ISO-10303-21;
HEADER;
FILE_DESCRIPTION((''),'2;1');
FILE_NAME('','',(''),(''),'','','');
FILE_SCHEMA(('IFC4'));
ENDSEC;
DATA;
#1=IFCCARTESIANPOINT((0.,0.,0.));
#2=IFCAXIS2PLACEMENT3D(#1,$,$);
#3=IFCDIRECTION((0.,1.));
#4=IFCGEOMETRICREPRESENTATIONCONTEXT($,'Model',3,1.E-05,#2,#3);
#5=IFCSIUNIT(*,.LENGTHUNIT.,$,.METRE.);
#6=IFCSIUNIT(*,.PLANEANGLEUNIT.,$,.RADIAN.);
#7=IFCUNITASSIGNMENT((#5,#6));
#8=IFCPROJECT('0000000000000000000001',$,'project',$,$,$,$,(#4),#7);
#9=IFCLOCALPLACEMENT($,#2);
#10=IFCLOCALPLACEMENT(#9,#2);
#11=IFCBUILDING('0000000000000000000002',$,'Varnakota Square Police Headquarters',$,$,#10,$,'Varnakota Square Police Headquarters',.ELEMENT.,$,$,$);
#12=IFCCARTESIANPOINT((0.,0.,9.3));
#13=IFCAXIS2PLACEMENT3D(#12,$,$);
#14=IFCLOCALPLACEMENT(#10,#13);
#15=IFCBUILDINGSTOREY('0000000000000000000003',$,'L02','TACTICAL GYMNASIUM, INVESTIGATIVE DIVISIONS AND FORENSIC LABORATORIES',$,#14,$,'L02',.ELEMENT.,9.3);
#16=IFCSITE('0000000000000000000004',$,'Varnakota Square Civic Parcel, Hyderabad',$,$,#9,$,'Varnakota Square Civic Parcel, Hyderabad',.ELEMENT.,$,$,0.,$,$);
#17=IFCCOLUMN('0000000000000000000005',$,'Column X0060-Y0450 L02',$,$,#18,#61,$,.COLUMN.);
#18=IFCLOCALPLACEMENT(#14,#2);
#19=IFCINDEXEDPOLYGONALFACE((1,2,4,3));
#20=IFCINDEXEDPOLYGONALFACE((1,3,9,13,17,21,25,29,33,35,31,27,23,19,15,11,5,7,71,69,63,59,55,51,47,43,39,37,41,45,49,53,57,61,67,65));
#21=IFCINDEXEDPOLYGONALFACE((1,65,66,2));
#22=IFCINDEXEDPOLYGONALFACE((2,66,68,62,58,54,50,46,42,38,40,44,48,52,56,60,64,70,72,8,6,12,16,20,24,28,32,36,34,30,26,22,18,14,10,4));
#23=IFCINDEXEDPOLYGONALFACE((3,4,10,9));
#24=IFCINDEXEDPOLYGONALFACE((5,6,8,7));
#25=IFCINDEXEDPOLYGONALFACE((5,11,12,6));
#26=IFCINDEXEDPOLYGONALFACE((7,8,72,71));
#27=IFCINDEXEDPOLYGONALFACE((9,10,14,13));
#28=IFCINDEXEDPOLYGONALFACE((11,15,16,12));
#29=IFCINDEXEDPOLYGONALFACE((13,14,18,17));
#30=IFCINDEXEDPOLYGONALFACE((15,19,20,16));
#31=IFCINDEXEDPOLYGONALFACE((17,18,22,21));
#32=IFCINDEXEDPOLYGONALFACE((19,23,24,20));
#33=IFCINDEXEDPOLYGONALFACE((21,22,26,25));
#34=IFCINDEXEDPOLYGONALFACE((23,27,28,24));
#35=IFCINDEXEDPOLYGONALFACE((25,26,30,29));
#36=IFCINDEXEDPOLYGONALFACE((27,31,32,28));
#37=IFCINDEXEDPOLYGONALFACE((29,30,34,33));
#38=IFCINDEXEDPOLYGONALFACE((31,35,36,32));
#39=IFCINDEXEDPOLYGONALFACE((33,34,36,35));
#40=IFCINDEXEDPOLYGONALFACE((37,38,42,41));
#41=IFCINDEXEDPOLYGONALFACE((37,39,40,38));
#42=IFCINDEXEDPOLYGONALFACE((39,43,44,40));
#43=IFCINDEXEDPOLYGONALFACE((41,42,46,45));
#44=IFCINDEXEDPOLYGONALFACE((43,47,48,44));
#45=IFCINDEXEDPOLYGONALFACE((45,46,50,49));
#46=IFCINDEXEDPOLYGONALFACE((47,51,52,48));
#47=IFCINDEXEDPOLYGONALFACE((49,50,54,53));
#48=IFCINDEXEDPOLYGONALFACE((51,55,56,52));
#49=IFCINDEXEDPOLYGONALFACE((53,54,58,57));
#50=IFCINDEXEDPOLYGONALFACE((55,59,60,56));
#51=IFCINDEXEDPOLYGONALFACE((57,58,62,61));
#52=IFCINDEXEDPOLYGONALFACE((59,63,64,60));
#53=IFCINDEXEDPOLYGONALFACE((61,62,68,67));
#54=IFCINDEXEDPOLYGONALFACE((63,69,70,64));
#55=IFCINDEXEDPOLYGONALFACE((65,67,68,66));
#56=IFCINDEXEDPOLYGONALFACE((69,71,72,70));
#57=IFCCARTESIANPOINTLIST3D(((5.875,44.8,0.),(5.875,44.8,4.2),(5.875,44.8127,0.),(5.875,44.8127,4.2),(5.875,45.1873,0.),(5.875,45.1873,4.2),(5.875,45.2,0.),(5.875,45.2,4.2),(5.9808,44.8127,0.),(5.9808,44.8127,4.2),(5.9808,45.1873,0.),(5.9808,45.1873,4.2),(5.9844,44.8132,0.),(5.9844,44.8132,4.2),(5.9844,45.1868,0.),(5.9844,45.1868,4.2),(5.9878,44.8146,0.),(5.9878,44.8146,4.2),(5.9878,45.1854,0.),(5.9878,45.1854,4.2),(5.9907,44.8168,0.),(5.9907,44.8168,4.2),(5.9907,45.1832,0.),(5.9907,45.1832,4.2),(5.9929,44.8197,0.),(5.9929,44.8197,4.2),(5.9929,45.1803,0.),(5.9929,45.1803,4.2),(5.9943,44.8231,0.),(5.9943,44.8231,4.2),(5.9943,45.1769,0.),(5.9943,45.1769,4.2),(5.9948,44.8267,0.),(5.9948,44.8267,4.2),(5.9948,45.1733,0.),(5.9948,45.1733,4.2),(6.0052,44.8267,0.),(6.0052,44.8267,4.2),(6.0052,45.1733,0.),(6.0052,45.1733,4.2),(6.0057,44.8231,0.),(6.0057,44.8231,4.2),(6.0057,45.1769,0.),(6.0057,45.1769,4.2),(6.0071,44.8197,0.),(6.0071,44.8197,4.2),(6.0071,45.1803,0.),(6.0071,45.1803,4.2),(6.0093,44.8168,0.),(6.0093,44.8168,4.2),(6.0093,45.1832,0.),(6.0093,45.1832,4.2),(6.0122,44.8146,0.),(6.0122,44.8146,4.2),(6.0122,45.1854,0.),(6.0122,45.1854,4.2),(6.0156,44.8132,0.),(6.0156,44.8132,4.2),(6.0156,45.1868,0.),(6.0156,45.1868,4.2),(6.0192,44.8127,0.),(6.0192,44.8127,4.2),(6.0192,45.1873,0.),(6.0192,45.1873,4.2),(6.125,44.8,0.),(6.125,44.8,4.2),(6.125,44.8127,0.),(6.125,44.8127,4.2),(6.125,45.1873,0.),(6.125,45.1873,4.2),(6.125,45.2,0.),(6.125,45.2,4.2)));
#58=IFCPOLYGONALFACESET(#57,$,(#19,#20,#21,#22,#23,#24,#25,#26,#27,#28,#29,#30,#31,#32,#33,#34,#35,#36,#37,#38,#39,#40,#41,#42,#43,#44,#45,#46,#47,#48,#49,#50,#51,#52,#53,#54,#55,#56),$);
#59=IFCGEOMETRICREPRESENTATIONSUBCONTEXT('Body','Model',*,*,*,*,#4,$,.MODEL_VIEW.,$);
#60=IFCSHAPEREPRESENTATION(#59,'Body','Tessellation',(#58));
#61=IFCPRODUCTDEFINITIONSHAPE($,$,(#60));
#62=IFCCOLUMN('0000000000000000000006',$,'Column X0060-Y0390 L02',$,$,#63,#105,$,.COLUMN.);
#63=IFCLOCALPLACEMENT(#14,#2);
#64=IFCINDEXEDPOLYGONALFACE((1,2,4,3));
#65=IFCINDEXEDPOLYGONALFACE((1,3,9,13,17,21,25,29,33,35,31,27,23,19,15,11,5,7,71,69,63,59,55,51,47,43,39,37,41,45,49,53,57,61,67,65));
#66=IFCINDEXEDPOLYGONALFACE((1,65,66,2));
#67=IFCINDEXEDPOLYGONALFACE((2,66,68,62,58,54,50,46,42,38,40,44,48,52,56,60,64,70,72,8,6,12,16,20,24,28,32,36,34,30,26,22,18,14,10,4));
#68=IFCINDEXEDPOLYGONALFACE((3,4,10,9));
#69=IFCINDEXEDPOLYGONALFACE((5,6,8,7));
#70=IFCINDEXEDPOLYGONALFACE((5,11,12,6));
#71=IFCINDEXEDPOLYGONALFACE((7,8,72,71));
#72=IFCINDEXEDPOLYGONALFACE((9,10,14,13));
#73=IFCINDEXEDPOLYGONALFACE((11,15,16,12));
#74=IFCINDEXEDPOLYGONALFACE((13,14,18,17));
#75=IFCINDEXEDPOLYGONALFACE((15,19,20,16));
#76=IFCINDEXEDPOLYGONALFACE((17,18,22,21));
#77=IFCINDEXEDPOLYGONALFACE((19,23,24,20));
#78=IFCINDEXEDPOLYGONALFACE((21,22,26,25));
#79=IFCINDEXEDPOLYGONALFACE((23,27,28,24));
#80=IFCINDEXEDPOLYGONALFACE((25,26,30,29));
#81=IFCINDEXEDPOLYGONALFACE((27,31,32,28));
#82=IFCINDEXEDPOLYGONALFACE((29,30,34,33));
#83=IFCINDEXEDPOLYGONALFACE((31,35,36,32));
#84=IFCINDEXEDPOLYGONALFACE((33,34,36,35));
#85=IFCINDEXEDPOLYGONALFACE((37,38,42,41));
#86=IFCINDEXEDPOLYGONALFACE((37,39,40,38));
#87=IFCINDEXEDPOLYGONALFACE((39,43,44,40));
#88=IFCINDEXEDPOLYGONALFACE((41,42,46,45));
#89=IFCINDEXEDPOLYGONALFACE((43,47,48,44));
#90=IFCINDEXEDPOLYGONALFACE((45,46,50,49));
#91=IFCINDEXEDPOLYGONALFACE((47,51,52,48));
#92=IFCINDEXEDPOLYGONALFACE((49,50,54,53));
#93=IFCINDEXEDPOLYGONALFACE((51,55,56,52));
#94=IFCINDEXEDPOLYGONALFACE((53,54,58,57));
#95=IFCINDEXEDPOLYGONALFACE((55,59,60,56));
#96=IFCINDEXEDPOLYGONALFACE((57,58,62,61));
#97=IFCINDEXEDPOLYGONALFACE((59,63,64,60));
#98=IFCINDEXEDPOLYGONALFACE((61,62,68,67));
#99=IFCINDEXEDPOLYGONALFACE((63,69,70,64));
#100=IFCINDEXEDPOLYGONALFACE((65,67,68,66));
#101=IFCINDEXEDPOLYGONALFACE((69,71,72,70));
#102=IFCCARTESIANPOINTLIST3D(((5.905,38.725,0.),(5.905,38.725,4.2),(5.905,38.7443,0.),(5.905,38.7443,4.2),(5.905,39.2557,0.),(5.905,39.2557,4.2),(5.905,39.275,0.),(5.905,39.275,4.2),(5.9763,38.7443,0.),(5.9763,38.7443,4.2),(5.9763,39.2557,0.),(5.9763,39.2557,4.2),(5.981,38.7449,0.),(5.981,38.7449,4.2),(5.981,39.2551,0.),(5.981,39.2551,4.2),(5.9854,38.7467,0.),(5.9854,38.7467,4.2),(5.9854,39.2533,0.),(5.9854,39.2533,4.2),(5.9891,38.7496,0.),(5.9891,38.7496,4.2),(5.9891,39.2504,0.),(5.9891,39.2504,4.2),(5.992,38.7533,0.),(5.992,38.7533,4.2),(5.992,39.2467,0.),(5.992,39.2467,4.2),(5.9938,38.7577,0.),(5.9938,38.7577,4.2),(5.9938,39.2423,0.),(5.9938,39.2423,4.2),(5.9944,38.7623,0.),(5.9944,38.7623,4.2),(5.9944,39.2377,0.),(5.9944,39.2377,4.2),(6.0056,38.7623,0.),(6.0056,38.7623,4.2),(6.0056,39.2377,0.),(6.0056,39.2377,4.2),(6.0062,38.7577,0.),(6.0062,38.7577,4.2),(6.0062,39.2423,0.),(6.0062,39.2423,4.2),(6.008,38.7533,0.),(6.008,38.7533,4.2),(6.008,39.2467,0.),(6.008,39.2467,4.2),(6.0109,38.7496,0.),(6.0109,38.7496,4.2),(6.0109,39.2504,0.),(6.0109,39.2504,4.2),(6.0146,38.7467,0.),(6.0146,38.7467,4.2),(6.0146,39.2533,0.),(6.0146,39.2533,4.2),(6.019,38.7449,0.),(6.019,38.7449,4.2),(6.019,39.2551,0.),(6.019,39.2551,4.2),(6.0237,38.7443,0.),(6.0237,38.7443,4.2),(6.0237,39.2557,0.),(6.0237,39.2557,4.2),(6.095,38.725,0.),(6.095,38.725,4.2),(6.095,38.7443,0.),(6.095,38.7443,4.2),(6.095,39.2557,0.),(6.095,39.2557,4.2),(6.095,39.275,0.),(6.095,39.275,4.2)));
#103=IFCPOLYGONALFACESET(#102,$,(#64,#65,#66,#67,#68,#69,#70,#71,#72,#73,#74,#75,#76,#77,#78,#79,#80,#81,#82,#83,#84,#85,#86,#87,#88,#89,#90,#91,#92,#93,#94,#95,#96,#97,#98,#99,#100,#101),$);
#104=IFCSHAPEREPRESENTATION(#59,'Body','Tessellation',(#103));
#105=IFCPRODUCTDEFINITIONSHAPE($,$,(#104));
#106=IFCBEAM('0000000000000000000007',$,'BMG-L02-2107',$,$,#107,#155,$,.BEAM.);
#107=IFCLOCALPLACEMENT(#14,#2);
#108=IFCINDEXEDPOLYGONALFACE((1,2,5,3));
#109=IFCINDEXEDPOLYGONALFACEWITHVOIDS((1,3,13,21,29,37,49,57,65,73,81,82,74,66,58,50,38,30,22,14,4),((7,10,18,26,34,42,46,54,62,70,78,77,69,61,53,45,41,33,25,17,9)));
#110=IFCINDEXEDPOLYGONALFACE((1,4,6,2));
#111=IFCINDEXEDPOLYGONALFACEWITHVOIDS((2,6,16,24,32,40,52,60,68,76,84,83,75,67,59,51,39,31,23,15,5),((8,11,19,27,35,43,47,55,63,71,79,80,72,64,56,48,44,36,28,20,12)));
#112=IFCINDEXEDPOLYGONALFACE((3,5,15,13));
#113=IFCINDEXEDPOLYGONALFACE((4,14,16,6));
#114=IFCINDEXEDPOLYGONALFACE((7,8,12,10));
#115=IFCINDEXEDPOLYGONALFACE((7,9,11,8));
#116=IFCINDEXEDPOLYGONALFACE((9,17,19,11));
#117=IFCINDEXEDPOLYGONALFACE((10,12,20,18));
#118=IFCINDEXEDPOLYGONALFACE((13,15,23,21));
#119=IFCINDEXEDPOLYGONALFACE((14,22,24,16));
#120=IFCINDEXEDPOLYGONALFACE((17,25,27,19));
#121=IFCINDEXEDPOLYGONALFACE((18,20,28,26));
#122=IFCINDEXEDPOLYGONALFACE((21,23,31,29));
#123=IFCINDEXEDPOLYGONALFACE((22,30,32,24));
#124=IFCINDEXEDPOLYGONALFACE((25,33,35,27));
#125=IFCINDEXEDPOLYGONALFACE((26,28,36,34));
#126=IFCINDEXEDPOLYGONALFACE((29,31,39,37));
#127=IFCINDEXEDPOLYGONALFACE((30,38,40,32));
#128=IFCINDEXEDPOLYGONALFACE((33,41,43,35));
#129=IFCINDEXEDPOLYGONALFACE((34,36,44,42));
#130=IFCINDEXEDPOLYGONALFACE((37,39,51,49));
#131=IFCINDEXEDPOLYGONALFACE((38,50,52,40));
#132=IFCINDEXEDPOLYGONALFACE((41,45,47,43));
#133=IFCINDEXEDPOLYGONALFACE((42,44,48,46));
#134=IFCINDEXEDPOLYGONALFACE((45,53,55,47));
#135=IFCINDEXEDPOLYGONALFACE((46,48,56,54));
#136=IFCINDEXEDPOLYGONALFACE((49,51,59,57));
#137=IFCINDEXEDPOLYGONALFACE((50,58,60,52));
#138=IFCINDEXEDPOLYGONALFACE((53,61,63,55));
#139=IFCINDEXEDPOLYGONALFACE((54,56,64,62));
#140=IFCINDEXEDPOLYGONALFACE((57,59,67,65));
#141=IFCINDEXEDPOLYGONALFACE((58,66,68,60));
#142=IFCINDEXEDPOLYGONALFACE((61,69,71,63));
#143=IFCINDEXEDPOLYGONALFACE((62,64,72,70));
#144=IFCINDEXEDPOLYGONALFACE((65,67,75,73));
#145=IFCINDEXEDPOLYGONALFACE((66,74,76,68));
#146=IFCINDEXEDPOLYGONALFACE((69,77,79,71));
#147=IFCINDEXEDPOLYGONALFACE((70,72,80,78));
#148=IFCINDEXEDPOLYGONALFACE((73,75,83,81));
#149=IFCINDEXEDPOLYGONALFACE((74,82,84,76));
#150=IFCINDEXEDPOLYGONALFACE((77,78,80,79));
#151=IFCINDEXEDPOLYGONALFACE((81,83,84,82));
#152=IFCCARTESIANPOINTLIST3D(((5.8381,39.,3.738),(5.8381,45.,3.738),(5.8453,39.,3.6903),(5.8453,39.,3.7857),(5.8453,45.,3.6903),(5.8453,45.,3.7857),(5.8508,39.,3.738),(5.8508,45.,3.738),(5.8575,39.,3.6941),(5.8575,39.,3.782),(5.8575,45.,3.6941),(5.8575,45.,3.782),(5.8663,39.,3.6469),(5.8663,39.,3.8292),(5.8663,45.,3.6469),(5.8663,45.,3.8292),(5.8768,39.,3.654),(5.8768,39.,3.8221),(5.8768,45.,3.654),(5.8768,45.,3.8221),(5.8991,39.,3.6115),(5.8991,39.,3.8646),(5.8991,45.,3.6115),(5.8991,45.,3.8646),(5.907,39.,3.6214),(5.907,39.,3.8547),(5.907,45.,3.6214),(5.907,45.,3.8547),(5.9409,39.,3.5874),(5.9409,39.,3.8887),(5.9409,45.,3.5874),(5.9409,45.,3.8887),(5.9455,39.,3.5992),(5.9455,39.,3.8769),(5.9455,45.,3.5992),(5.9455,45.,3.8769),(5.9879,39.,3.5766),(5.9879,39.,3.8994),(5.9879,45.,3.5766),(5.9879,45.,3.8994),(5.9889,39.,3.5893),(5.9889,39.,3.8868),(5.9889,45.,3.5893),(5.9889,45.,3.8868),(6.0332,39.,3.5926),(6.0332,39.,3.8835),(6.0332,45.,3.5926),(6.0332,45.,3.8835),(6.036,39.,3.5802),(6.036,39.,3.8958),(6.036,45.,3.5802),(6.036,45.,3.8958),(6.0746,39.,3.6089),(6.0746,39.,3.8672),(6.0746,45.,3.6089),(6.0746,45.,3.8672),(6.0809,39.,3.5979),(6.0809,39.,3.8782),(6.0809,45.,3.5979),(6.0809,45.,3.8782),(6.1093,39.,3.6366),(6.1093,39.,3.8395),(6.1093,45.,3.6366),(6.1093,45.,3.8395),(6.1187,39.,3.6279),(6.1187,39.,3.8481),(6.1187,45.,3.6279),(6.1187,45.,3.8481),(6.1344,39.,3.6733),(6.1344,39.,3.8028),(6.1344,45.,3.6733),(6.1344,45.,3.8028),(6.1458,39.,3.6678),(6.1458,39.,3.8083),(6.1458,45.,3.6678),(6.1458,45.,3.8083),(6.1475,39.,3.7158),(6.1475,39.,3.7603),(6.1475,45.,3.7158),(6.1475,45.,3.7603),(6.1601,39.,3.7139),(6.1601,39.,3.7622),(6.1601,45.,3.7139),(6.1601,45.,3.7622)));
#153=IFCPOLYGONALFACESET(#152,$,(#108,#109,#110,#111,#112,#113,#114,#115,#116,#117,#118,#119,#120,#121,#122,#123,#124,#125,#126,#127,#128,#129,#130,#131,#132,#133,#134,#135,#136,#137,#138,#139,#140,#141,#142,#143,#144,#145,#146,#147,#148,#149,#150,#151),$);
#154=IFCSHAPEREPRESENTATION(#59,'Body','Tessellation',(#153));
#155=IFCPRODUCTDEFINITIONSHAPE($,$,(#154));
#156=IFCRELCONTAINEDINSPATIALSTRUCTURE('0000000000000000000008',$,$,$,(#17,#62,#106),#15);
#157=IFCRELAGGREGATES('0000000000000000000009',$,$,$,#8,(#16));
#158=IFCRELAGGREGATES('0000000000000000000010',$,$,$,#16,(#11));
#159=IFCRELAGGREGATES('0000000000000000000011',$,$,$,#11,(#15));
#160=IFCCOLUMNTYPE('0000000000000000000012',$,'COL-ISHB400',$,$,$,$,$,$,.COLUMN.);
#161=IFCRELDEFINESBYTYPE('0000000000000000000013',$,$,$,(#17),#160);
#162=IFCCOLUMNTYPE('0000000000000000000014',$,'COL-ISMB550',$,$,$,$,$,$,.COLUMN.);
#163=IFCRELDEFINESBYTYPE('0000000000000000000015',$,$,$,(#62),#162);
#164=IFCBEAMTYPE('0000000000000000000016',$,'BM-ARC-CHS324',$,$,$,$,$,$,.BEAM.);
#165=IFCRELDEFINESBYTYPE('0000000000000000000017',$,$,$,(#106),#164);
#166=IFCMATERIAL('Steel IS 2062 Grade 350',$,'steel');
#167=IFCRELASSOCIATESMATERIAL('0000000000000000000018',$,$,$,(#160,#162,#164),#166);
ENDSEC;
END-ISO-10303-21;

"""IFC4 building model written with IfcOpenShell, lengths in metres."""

from ifc_helpers import new_model, si_unit, direction, frame, origin, origin_2d, place, context, subcontext, project, spatial, hollow_circle, i_section, extrude, material, material_profile, profile_set, type_object, element, save


model = new_model("IFC4")

# Units and contexts
model_context = context("Model", 3, precision=1e-05, world=origin(), true_north=direction((0.0, 1.0)))
body_context = subcontext(model_context, "Body", "Model", "MODEL_VIEW")
ifc_project = project(units=[si_unit("LENGTHUNIT", "METRE"), si_unit("PLANEANGLEUNIT", "RADIAN")], contexts=[model_context])

# Site, building, storey
site_placement = place(None, origin())
site = spatial("IfcSite", under=ifc_project, at=site_placement, Name="Varnakota Square Civic Parcel, Hyderabad", LongName="Varnakota Square Civic Parcel, Hyderabad", CompositionType="ELEMENT", RefElevation=0.0)
building_placement = place(site_placement, origin())
building = spatial("IfcBuilding", under=site, at=building_placement, Name="Varnakota Square Police Headquarters", LongName="Varnakota Square Police Headquarters", CompositionType="ELEMENT")
storey_placement = place(building_placement, frame((0.0, 0.0, 9.3)))
storey = spatial("IfcBuildingStorey", under=building, at=storey_placement, Name="L02", Description="TACTICAL GYMNASIUM, INVESTIGATIVE DIVISIONS AND FORENSIC LABORATORIES", LongName="L02", CompositionType="ELEMENT", Elevation=9.3)

# Columns
ifc_material_1 = material(Name="Steel IS 2062 Grade 350", Category="steel")
ifc_material_profile_1 = material_profile(ifc_material_1, i_section(OverallWidth=0.25, OverallDepth=0.3999, WebThickness=0.0105, FlangeThickness=0.0127, FilletRadius=0.0139, at=origin_2d()), Name="ISHB 400")
ifc_profile_set_1 = profile_set([ifc_material_profile_1], Name="Steel IS 2062 Grade 350")
column_type_1 = type_object("IfcColumnType", Name="COL-ISHB400", PredefinedType="COLUMN", material=ifc_profile_set_1)
column_1_placement = place(storey_placement, frame((6.0, 45.0, 0.0), z_axis=(0.0, 0.0, 1.0), x_axis=(1.0, 0.0, 0.0)))
element("IfcColumn", 1, at=column_1_placement, inside=storey, type_object=column_type_1, Name="Column X0060-Y0450 L02", PredefinedType="COLUMN", context=body_context, shape_type="SweptSolid", body=[
    extrude(i_section(OverallWidth=0.25, OverallDepth=0.3999, WebThickness=0.0105, FlangeThickness=0.0127, FilletRadius=0.0139, at=origin_2d()), origin(), (0.0, 0.0, 1.0), 4.2),
])
ifc_material_profile_2 = material_profile(ifc_material_1, i_section(OverallWidth=0.1899, OverallDepth=0.55, WebThickness=0.0112, FlangeThickness=0.0193, FilletRadius=0.0181, at=origin_2d()), Name="ISMB 550")
ifc_profile_set_2 = profile_set([ifc_material_profile_2], Name="Steel IS 2062 Grade 350")
column_type_2 = type_object("IfcColumnType", Name="COL-ISMB550", PredefinedType="COLUMN", material=ifc_profile_set_2)
column_2_placement = place(storey_placement, frame((6.0, 39.0, 0.0), z_axis=(0.0, 0.0, 1.0), x_axis=(1.0, 0.0, 0.0)))
element("IfcColumn", 2, at=column_2_placement, inside=storey, type_object=column_type_2, Name="Column X0060-Y0390 L02", PredefinedType="COLUMN", context=body_context, shape_type="SweptSolid", body=[
    extrude(i_section(OverallWidth=0.1899, OverallDepth=0.55, WebThickness=0.0112, FlangeThickness=0.0193, FilletRadius=0.0181, at=origin_2d()), origin(), (0.0, 0.0, 1.0), 4.2),
])

# Beam
ifc_material_profile_3 = material_profile(ifc_material_1, hollow_circle(Radius=0.1619, WallThickness=0.0127, at=origin_2d()), Name="CHS 323.9x12.7")
ifc_profile_set_3 = profile_set([ifc_material_profile_3], Name="Steel IS 2062 Grade 350")
beam_type_1 = type_object("IfcBeamType", Name="BM-ARC-CHS324", PredefinedType="BEAM", material=ifc_profile_set_3)
beam_1_placement = place(storey_placement, frame((6.0, 39.0, 3.738), z_axis=(0.0, 1.0, 0.0), x_axis=(-1.0, 0.0, 0.0)))
element("IfcBeam", 3, at=beam_1_placement, inside=storey, type_object=beam_type_1, Name="BMG-L02-2107", PredefinedType="BEAM", context=body_context, shape_type="SweptSolid", body=[
    extrude(hollow_circle(Radius=0.1619, WallThickness=0.0127, at=origin_2d()), origin(), (0.0, 0.0, 1.0), 6.0),
])

save(model, "model.ifc")
